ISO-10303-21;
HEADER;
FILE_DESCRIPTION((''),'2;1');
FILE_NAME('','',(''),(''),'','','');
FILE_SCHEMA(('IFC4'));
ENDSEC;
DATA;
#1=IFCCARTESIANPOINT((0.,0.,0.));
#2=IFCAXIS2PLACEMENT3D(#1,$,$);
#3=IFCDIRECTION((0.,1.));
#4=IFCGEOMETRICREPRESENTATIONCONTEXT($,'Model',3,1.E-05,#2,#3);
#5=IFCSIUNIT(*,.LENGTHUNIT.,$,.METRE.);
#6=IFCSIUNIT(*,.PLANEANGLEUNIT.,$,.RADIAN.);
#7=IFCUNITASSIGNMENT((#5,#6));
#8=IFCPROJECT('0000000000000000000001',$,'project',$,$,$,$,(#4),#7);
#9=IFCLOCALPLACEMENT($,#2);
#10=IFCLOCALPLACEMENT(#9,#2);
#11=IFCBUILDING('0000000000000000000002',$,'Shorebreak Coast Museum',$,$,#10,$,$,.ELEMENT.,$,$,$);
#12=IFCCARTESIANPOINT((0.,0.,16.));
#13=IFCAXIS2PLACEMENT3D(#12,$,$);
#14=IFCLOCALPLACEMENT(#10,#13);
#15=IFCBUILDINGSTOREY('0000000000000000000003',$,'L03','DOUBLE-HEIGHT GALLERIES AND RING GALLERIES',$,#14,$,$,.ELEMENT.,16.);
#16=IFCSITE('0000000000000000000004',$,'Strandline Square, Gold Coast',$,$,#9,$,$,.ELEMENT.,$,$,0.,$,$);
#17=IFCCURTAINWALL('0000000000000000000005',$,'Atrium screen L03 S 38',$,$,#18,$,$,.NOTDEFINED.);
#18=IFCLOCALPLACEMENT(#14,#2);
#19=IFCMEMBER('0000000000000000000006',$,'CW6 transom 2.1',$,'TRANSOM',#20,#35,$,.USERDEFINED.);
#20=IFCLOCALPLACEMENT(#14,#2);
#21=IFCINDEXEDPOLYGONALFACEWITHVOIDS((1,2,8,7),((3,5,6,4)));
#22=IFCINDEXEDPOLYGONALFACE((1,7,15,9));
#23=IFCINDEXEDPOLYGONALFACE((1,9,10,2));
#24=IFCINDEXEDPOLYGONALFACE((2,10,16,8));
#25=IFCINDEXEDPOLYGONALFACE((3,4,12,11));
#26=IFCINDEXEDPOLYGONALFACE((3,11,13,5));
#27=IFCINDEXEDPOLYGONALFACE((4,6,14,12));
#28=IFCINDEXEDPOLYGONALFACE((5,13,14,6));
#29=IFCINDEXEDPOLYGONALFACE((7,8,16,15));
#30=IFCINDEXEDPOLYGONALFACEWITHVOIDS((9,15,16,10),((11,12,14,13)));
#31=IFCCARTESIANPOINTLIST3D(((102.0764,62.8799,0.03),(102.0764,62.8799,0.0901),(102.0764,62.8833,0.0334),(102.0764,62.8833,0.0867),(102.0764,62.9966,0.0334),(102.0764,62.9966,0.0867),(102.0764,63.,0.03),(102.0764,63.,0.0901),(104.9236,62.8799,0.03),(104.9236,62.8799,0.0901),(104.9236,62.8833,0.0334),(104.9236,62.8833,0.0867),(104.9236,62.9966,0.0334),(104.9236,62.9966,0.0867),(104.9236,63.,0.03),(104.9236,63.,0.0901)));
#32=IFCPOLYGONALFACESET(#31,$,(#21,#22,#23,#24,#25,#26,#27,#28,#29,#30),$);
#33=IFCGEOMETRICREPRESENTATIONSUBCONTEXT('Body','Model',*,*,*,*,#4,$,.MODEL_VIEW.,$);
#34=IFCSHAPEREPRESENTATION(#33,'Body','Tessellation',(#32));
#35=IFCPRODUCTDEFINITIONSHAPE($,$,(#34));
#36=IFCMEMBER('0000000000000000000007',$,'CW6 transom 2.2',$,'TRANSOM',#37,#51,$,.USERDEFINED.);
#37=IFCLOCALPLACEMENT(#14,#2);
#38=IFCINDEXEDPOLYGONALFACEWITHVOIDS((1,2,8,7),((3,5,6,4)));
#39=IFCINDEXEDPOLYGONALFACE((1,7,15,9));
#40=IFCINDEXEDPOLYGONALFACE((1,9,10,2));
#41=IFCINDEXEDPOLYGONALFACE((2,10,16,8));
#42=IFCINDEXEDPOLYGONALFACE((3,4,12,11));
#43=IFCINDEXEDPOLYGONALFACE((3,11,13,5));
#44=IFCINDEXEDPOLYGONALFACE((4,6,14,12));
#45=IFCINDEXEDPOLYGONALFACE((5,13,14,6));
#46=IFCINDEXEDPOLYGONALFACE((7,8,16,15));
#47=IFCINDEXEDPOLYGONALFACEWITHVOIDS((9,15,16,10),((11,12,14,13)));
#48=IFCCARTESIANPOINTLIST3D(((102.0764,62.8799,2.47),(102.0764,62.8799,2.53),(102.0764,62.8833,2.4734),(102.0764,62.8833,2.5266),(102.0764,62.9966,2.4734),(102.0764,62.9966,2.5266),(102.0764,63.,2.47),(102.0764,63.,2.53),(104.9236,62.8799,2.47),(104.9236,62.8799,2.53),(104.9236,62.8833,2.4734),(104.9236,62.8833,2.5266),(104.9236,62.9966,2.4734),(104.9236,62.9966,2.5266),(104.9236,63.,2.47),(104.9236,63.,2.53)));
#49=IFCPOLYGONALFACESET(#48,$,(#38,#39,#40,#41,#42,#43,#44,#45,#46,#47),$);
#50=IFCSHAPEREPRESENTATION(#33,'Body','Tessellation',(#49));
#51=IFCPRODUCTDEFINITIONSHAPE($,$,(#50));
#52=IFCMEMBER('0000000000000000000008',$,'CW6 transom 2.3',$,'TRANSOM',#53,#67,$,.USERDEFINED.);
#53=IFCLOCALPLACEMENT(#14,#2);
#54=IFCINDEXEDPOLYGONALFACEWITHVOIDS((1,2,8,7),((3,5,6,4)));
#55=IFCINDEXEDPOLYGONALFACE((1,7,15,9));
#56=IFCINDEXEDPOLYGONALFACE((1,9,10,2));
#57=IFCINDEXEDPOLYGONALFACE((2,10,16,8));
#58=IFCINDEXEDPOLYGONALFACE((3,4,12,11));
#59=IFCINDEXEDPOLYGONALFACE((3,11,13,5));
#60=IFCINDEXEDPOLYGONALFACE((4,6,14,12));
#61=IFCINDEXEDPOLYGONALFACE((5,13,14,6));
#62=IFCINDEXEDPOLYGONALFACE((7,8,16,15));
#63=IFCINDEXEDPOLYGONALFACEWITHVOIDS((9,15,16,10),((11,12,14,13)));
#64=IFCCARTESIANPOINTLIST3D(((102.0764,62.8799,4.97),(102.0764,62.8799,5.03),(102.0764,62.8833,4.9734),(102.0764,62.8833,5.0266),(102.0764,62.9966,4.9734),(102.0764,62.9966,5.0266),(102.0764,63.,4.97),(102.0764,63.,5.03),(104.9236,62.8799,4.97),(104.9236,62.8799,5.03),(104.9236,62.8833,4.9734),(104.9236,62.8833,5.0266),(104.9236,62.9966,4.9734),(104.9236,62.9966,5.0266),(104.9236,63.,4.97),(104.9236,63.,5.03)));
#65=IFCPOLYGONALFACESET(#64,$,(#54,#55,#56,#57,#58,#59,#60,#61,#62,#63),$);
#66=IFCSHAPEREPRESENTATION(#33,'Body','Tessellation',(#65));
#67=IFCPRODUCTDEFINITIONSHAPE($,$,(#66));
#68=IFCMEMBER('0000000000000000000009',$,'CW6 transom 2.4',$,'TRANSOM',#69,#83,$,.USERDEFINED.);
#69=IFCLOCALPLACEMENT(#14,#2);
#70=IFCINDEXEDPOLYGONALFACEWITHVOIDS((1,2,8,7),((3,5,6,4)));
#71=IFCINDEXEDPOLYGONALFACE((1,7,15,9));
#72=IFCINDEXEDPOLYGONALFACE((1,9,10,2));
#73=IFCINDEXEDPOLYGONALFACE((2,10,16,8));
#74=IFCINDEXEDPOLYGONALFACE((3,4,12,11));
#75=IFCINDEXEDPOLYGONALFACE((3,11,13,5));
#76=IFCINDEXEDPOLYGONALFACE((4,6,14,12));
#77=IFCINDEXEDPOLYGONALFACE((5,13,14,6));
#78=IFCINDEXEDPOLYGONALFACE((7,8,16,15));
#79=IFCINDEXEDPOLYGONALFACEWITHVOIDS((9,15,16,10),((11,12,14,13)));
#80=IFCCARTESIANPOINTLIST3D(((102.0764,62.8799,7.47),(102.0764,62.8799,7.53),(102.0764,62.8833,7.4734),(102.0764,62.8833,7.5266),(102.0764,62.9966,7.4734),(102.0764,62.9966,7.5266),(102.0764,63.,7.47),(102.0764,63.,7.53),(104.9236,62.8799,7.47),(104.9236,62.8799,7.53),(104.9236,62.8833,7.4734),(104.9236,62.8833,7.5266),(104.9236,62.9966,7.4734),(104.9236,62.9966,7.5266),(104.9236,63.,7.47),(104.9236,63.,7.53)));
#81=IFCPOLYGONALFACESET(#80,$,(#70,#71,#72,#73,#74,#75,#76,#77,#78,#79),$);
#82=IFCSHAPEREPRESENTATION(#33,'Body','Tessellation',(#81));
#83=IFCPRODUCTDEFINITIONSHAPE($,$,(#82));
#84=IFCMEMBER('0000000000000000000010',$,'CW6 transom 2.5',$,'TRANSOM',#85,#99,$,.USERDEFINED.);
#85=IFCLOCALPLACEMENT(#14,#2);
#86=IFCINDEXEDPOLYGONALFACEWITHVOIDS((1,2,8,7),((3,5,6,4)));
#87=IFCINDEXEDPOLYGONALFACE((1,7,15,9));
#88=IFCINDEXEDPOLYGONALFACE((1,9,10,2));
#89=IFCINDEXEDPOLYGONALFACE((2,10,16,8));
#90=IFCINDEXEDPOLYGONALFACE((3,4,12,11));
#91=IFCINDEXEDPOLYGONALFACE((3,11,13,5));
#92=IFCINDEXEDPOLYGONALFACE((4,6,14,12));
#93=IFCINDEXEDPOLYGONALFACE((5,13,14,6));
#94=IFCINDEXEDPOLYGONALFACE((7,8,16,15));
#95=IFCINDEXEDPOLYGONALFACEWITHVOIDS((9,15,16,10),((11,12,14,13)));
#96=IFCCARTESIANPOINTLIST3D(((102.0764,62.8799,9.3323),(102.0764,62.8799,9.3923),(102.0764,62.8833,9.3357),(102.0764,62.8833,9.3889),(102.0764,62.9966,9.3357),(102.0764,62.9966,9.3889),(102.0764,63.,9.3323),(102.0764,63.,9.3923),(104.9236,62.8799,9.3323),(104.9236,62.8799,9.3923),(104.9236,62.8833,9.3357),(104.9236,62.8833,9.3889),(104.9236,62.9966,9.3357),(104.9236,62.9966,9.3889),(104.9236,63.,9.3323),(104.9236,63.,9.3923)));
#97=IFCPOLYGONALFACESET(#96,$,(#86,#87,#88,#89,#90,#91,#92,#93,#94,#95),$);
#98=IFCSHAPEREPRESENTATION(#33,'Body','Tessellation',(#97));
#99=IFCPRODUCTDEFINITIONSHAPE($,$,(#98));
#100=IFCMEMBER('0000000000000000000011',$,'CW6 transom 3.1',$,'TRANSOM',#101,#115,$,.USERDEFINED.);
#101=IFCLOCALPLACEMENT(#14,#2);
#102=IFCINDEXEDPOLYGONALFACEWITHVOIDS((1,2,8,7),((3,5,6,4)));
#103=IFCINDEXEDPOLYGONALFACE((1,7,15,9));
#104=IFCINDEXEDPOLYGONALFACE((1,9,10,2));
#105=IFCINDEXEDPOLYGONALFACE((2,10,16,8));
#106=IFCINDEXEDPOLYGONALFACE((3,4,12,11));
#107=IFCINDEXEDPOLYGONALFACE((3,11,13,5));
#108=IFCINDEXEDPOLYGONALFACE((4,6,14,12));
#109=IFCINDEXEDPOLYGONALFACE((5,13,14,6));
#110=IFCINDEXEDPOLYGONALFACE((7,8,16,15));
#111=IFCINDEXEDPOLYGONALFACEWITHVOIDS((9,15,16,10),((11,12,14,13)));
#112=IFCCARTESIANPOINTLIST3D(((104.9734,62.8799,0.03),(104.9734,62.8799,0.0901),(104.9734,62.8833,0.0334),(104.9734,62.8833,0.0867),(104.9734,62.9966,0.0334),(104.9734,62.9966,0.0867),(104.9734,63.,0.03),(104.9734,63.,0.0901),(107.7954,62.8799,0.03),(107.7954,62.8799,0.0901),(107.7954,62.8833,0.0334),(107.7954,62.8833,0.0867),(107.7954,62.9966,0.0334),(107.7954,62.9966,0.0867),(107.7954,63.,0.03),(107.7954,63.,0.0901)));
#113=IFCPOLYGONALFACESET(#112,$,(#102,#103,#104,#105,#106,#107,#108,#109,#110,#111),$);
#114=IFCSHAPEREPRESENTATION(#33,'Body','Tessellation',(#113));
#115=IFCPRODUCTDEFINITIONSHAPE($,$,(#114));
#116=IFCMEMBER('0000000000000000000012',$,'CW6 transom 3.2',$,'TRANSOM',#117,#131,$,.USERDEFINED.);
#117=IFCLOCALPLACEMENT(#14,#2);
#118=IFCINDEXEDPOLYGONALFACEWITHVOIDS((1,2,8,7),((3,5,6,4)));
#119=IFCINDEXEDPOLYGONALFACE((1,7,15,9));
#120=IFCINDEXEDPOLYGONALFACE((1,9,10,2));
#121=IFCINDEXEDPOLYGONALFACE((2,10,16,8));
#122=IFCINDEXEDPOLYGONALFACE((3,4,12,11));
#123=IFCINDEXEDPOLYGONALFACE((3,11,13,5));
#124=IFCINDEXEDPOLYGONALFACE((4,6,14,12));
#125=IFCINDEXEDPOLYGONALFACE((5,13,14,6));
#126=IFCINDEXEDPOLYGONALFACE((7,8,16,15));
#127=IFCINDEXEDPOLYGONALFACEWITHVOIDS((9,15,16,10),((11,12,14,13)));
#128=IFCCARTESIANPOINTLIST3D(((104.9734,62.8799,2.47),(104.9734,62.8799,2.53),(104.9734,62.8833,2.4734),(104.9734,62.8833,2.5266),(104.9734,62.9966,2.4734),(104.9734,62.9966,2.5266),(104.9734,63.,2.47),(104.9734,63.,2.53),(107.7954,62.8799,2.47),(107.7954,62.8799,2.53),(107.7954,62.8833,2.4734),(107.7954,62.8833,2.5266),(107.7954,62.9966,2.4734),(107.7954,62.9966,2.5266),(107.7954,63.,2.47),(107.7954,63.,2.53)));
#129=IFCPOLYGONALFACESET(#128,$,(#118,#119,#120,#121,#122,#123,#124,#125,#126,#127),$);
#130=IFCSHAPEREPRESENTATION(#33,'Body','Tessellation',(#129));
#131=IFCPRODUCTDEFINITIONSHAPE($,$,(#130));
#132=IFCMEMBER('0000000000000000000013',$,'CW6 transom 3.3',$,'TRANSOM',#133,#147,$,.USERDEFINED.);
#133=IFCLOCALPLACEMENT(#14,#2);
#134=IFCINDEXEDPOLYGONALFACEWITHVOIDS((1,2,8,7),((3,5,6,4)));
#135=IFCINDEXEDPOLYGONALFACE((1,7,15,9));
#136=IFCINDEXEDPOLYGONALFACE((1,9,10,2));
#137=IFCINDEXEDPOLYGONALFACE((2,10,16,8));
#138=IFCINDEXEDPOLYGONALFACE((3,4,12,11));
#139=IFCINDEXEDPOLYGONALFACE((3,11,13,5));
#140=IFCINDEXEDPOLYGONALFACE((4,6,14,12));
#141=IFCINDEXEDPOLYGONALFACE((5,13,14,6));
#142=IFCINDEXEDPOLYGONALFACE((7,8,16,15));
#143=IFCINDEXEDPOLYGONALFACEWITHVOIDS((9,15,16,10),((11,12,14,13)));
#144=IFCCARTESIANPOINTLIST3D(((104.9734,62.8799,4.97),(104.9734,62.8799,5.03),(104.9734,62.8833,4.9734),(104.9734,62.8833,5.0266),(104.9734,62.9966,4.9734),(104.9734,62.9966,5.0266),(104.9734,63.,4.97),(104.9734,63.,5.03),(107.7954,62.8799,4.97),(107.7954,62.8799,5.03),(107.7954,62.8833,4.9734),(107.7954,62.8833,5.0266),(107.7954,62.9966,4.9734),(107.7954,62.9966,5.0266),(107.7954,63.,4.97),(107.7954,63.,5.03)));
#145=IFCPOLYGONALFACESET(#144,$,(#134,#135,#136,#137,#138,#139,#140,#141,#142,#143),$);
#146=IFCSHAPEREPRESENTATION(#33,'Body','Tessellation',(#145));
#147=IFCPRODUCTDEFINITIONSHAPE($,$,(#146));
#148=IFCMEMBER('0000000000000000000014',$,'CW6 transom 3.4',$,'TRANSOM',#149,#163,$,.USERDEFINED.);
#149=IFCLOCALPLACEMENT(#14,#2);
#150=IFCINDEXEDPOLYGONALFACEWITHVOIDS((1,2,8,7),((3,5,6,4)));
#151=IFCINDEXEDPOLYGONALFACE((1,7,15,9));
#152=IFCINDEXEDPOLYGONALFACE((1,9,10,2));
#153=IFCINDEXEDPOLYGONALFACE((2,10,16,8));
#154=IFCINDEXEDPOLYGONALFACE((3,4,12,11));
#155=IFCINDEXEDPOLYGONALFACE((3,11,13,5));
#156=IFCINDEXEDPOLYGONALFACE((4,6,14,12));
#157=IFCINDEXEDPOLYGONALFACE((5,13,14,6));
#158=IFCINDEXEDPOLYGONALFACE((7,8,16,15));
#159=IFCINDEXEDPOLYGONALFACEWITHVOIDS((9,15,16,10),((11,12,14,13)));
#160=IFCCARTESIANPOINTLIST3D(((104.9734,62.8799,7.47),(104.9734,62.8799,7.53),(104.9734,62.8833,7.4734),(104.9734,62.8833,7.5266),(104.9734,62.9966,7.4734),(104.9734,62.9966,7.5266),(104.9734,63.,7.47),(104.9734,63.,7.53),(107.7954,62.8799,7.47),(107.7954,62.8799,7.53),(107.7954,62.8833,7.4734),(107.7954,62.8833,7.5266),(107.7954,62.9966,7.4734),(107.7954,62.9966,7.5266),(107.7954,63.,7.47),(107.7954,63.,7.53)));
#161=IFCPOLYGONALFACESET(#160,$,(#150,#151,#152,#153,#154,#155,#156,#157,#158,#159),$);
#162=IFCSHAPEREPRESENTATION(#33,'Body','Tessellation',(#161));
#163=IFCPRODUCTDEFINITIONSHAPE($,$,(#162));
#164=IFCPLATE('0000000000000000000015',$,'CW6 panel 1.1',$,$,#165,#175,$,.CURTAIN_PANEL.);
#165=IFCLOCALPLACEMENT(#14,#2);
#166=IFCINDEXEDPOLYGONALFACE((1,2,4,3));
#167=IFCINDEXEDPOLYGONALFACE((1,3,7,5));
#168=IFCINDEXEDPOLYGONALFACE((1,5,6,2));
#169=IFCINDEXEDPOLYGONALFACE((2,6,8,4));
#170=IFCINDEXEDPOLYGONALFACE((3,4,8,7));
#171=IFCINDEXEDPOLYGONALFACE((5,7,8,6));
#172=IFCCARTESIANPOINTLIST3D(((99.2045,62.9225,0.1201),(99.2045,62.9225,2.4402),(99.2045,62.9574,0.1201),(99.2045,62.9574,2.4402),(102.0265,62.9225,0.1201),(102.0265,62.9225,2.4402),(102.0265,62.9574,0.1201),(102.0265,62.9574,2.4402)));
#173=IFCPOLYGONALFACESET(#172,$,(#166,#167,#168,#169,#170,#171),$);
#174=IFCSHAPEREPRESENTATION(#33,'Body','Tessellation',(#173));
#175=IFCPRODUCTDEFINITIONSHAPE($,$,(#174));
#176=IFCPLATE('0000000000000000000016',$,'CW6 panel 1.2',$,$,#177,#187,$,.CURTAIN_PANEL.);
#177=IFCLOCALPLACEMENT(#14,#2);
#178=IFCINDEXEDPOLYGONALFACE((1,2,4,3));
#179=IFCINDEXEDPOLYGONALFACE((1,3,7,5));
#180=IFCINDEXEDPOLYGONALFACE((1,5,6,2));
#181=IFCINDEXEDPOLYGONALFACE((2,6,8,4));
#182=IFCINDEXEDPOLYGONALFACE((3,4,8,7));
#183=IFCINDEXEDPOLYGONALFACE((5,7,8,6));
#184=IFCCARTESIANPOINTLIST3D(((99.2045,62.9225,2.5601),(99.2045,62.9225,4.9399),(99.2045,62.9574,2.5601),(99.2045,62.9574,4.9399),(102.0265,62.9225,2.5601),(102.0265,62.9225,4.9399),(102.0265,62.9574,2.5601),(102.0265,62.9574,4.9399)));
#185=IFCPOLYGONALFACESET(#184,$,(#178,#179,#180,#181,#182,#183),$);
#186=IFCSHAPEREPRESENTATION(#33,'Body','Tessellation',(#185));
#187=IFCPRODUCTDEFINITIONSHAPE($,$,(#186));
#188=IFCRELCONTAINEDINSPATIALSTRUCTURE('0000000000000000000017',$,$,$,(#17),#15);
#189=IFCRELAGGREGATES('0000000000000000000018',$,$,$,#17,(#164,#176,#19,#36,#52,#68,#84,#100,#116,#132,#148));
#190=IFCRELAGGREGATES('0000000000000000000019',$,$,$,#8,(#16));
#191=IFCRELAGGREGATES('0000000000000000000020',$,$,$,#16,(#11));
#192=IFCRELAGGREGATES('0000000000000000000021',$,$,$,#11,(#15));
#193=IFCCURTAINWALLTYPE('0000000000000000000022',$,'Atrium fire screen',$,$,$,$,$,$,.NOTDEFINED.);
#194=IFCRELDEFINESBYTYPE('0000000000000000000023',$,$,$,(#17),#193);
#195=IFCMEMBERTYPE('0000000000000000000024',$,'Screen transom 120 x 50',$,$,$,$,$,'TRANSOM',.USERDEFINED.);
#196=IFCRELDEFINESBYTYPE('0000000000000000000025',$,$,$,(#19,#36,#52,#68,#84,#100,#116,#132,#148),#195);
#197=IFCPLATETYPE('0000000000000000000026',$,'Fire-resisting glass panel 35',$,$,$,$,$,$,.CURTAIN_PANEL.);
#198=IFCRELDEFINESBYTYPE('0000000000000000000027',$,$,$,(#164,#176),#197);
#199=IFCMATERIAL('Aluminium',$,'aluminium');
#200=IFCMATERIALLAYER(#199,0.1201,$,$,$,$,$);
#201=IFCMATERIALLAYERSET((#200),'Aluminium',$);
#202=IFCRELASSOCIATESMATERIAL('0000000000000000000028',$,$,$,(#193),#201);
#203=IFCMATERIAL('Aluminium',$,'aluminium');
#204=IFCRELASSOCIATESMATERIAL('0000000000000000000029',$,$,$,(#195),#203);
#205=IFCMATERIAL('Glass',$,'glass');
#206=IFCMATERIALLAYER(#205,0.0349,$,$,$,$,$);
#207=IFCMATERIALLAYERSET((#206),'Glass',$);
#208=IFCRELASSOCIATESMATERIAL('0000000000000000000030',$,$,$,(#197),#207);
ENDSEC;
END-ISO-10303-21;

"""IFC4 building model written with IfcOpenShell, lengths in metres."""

from ifc_helpers import new_model, si_unit, direction, frame, origin, origin_2d, place, context, subcontext, project, spatial, rectangle, hollow_rectangle, extrude, material, layer, layer_set, material_profile, profile_set, type_object, element, aggregate, save


model = new_model("IFC4")

# Units and contexts
model_context = context("Model", 3, precision=1e-05, world=origin(), true_north=direction((0.0, 1.0)))
body_context = subcontext(model_context, "Body", "Model", "MODEL_VIEW")
ifc_project = project(units=[si_unit("LENGTHUNIT", "METRE"), si_unit("PLANEANGLEUNIT", "RADIAN")], contexts=[model_context])

# Site, building, storey
site_placement = place(None, origin())
site = spatial("IfcSite", under=ifc_project, at=site_placement, Name="Strandline Square, Gold Coast", CompositionType="ELEMENT", RefElevation=0.0)
building_placement = place(site_placement, origin())
building = spatial("IfcBuilding", under=site, at=building_placement, Name="Shorebreak Coast Museum", CompositionType="ELEMENT")
storey_placement = place(building_placement, frame((0.0, 0.0, 16.0)))
storey = spatial("IfcBuildingStorey", under=building, at=storey_placement, Name="L03", Description="DOUBLE-HEIGHT GALLERIES AND RING GALLERIES", CompositionType="ELEMENT", Elevation=16.0)

# Curtain wall, members, plates
ifc_material_1 = material(Name="Aluminium", Category="aluminium")
ifc_layer_1 = layer(ifc_material_1, 0.1201)
ifc_layer_set_1 = layer_set([ifc_layer_1], Name="Aluminium")
curtain_wall_type = type_object("IfcCurtainWallType", Name="Atrium fire screen", PredefinedType="NOTDEFINED", material=ifc_layer_set_1)
curtain_wall_placement = place(storey_placement, origin())
curtain_wall = element("IfcCurtainWall", 1, at=curtain_wall_placement, inside=storey, type_object=curtain_wall_type, Name="Atrium screen L03 S 38", PredefinedType="NOTDEFINED")
ifc_material_2 = material(Name="Aluminium", Category="aluminium")
ifc_material_profile_1 = material_profile(ifc_material_2, hollow_rectangle(XDim=0.1201, YDim=0.0601, WallThickness=0.0034, at=origin_2d()), Name="AL 60x120 RHS")
ifc_profile_set_1 = profile_set([ifc_material_profile_1], Name="Aluminium")
member_type_1 = type_object("IfcMemberType", Name="Screen transom 120 x 50", ElementType="TRANSOM", PredefinedType="USERDEFINED", material=ifc_profile_set_1)
member_1_placement = place(storey_placement, frame((102.0764, 62.9399, 0.0601), z_axis=(1.0, 0.0, 0.0), x_axis=(0.0, 1.0, 0.0)))
member_1 = element("IfcMember", 2, at=member_1_placement, type_object=member_type_1, Name="CW6 transom 2.1", ObjectType="TRANSOM", PredefinedType="USERDEFINED", context=body_context, shape_type="SweptSolid", body=[
    extrude(hollow_rectangle(XDim=0.1201, YDim=0.0601, WallThickness=0.0034, at=origin_2d()), origin(), (0.0, 0.0, 1.0), 2.8472),
])
member_2_placement = place(storey_placement, frame((102.0764, 62.9399, 2.5), z_axis=(1.0, 0.0, 0.0), x_axis=(0.0, 1.0, 0.0)))
member_2 = element("IfcMember", 3, at=member_2_placement, type_object=member_type_1, Name="CW6 transom 2.2", ObjectType="TRANSOM", PredefinedType="USERDEFINED", context=body_context, shape_type="SweptSolid", body=[
    extrude(hollow_rectangle(XDim=0.1201, YDim=0.0601, WallThickness=0.0034, at=origin_2d()), origin(), (0.0, 0.0, 1.0), 2.8472),
])
member_3_placement = place(storey_placement, frame((102.0764, 62.9399, 5.0), z_axis=(1.0, 0.0, 0.0), x_axis=(0.0, 1.0, 0.0)))
member_3 = element("IfcMember", 4, at=member_3_placement, type_object=member_type_1, Name="CW6 transom 2.3", ObjectType="TRANSOM", PredefinedType="USERDEFINED", context=body_context, shape_type="SweptSolid", body=[
    extrude(hollow_rectangle(XDim=0.1201, YDim=0.0601, WallThickness=0.0034, at=origin_2d()), origin(), (0.0, 0.0, 1.0), 2.8472),
])
member_4_placement = place(storey_placement, frame((102.0764, 62.9399, 7.5), z_axis=(1.0, 0.0, 0.0), x_axis=(0.0, 1.0, 0.0)))
member_4 = element("IfcMember", 5, at=member_4_placement, type_object=member_type_1, Name="CW6 transom 2.4", ObjectType="TRANSOM", PredefinedType="USERDEFINED", context=body_context, shape_type="SweptSolid", body=[
    extrude(hollow_rectangle(XDim=0.1201, YDim=0.0601, WallThickness=0.0034, at=origin_2d()), origin(), (0.0, 0.0, 1.0), 2.8472),
])
member_5_placement = place(storey_placement, frame((102.0764, 62.9399, 9.3623), z_axis=(1.0, 0.0, 0.0), x_axis=(0.0, 1.0, 0.0)))
member_5 = element("IfcMember", 6, at=member_5_placement, type_object=member_type_1, Name="CW6 transom 2.5", ObjectType="TRANSOM", PredefinedType="USERDEFINED", context=body_context, shape_type="SweptSolid", body=[
    extrude(hollow_rectangle(XDim=0.1201, YDim=0.0601, WallThickness=0.0034, at=origin_2d()), origin(), (0.0, 0.0, 1.0), 2.8472),
])
member_6_placement = place(storey_placement, frame((104.9734, 62.9399, 0.0601), z_axis=(1.0, 0.0, 0.0), x_axis=(0.0, 1.0, 0.0)))
member_6 = element("IfcMember", 7, at=member_6_placement, type_object=member_type_1, Name="CW6 transom 3.1", ObjectType="TRANSOM", PredefinedType="USERDEFINED", context=body_context, shape_type="SweptSolid", body=[
    extrude(hollow_rectangle(XDim=0.1201, YDim=0.0601, WallThickness=0.0034, at=origin_2d()), origin(), (0.0, 0.0, 1.0), 2.822),
])
member_7_placement = place(storey_placement, frame((104.9734, 62.9399, 2.5), z_axis=(1.0, 0.0, 0.0), x_axis=(0.0, 1.0, 0.0)))
member_7 = element("IfcMember", 8, at=member_7_placement, type_object=member_type_1, Name="CW6 transom 3.2", ObjectType="TRANSOM", PredefinedType="USERDEFINED", context=body_context, shape_type="SweptSolid", body=[
    extrude(hollow_rectangle(XDim=0.1201, YDim=0.0601, WallThickness=0.0034, at=origin_2d()), origin(), (0.0, 0.0, 1.0), 2.822),
])
member_8_placement = place(storey_placement, frame((104.9734, 62.9399, 5.0), z_axis=(1.0, 0.0, 0.0), x_axis=(0.0, 1.0, 0.0)))
member_8 = element("IfcMember", 9, at=member_8_placement, type_object=member_type_1, Name="CW6 transom 3.3", ObjectType="TRANSOM", PredefinedType="USERDEFINED", context=body_context, shape_type="SweptSolid", body=[
    extrude(hollow_rectangle(XDim=0.1201, YDim=0.0601, WallThickness=0.0034, at=origin_2d()), origin(), (0.0, 0.0, 1.0), 2.822),
])
member_9_placement = place(storey_placement, frame((104.9734, 62.9399, 7.5), z_axis=(1.0, 0.0, 0.0), x_axis=(0.0, 1.0, 0.0)))
member_9 = element("IfcMember", 10, at=member_9_placement, type_object=member_type_1, Name="CW6 transom 3.4", ObjectType="TRANSOM", PredefinedType="USERDEFINED", context=body_context, shape_type="SweptSolid", body=[
    extrude(hollow_rectangle(XDim=0.1201, YDim=0.0601, WallThickness=0.0034, at=origin_2d()), origin(), (0.0, 0.0, 1.0), 2.822),
])
ifc_material_3 = material(Name="Glass", Category="glass")
ifc_layer_2 = layer(ifc_material_3, 0.0349)
ifc_layer_set_2 = layer_set([ifc_layer_2], Name="Glass")
plate_type = type_object("IfcPlateType", Name="Fire-resisting glass panel 35", PredefinedType="CURTAIN_PANEL", material=ifc_layer_set_2)
plate_1_placement = place(storey_placement, frame((100.6155, 62.9399, 0.1201), z_axis=(0.0, 0.0, 1.0), x_axis=(1.0, 0.0, 0.0)))
plate_1 = element("IfcPlate", 11, at=plate_1_placement, type_object=plate_type, Name="CW6 panel 1.1", PredefinedType="CURTAIN_PANEL", context=body_context, shape_type="SweptSolid", body=[
    extrude(rectangle(XDim=2.822, YDim=0.0349, at=origin_2d()), origin(), (0.0, 0.0, 1.0), 2.3201),
])
plate_2_placement = place(storey_placement, frame((100.6155, 62.9399, 2.5601), z_axis=(0.0, 0.0, 1.0), x_axis=(1.0, 0.0, 0.0)))
plate_2 = element("IfcPlate", 12, at=plate_2_placement, type_object=plate_type, Name="CW6 panel 1.2", PredefinedType="CURTAIN_PANEL", context=body_context, shape_type="SweptSolid", body=[
    extrude(rectangle(XDim=2.822, YDim=0.0349, at=origin_2d()), origin(), (0.0, 0.0, 1.0), 2.3799),
])
aggregate(curtain_wall, [plate_1, plate_2, member_1, member_2, member_3, member_4, member_5, member_6, member_7, member_8, member_9])

save(model, "model.ifc")
